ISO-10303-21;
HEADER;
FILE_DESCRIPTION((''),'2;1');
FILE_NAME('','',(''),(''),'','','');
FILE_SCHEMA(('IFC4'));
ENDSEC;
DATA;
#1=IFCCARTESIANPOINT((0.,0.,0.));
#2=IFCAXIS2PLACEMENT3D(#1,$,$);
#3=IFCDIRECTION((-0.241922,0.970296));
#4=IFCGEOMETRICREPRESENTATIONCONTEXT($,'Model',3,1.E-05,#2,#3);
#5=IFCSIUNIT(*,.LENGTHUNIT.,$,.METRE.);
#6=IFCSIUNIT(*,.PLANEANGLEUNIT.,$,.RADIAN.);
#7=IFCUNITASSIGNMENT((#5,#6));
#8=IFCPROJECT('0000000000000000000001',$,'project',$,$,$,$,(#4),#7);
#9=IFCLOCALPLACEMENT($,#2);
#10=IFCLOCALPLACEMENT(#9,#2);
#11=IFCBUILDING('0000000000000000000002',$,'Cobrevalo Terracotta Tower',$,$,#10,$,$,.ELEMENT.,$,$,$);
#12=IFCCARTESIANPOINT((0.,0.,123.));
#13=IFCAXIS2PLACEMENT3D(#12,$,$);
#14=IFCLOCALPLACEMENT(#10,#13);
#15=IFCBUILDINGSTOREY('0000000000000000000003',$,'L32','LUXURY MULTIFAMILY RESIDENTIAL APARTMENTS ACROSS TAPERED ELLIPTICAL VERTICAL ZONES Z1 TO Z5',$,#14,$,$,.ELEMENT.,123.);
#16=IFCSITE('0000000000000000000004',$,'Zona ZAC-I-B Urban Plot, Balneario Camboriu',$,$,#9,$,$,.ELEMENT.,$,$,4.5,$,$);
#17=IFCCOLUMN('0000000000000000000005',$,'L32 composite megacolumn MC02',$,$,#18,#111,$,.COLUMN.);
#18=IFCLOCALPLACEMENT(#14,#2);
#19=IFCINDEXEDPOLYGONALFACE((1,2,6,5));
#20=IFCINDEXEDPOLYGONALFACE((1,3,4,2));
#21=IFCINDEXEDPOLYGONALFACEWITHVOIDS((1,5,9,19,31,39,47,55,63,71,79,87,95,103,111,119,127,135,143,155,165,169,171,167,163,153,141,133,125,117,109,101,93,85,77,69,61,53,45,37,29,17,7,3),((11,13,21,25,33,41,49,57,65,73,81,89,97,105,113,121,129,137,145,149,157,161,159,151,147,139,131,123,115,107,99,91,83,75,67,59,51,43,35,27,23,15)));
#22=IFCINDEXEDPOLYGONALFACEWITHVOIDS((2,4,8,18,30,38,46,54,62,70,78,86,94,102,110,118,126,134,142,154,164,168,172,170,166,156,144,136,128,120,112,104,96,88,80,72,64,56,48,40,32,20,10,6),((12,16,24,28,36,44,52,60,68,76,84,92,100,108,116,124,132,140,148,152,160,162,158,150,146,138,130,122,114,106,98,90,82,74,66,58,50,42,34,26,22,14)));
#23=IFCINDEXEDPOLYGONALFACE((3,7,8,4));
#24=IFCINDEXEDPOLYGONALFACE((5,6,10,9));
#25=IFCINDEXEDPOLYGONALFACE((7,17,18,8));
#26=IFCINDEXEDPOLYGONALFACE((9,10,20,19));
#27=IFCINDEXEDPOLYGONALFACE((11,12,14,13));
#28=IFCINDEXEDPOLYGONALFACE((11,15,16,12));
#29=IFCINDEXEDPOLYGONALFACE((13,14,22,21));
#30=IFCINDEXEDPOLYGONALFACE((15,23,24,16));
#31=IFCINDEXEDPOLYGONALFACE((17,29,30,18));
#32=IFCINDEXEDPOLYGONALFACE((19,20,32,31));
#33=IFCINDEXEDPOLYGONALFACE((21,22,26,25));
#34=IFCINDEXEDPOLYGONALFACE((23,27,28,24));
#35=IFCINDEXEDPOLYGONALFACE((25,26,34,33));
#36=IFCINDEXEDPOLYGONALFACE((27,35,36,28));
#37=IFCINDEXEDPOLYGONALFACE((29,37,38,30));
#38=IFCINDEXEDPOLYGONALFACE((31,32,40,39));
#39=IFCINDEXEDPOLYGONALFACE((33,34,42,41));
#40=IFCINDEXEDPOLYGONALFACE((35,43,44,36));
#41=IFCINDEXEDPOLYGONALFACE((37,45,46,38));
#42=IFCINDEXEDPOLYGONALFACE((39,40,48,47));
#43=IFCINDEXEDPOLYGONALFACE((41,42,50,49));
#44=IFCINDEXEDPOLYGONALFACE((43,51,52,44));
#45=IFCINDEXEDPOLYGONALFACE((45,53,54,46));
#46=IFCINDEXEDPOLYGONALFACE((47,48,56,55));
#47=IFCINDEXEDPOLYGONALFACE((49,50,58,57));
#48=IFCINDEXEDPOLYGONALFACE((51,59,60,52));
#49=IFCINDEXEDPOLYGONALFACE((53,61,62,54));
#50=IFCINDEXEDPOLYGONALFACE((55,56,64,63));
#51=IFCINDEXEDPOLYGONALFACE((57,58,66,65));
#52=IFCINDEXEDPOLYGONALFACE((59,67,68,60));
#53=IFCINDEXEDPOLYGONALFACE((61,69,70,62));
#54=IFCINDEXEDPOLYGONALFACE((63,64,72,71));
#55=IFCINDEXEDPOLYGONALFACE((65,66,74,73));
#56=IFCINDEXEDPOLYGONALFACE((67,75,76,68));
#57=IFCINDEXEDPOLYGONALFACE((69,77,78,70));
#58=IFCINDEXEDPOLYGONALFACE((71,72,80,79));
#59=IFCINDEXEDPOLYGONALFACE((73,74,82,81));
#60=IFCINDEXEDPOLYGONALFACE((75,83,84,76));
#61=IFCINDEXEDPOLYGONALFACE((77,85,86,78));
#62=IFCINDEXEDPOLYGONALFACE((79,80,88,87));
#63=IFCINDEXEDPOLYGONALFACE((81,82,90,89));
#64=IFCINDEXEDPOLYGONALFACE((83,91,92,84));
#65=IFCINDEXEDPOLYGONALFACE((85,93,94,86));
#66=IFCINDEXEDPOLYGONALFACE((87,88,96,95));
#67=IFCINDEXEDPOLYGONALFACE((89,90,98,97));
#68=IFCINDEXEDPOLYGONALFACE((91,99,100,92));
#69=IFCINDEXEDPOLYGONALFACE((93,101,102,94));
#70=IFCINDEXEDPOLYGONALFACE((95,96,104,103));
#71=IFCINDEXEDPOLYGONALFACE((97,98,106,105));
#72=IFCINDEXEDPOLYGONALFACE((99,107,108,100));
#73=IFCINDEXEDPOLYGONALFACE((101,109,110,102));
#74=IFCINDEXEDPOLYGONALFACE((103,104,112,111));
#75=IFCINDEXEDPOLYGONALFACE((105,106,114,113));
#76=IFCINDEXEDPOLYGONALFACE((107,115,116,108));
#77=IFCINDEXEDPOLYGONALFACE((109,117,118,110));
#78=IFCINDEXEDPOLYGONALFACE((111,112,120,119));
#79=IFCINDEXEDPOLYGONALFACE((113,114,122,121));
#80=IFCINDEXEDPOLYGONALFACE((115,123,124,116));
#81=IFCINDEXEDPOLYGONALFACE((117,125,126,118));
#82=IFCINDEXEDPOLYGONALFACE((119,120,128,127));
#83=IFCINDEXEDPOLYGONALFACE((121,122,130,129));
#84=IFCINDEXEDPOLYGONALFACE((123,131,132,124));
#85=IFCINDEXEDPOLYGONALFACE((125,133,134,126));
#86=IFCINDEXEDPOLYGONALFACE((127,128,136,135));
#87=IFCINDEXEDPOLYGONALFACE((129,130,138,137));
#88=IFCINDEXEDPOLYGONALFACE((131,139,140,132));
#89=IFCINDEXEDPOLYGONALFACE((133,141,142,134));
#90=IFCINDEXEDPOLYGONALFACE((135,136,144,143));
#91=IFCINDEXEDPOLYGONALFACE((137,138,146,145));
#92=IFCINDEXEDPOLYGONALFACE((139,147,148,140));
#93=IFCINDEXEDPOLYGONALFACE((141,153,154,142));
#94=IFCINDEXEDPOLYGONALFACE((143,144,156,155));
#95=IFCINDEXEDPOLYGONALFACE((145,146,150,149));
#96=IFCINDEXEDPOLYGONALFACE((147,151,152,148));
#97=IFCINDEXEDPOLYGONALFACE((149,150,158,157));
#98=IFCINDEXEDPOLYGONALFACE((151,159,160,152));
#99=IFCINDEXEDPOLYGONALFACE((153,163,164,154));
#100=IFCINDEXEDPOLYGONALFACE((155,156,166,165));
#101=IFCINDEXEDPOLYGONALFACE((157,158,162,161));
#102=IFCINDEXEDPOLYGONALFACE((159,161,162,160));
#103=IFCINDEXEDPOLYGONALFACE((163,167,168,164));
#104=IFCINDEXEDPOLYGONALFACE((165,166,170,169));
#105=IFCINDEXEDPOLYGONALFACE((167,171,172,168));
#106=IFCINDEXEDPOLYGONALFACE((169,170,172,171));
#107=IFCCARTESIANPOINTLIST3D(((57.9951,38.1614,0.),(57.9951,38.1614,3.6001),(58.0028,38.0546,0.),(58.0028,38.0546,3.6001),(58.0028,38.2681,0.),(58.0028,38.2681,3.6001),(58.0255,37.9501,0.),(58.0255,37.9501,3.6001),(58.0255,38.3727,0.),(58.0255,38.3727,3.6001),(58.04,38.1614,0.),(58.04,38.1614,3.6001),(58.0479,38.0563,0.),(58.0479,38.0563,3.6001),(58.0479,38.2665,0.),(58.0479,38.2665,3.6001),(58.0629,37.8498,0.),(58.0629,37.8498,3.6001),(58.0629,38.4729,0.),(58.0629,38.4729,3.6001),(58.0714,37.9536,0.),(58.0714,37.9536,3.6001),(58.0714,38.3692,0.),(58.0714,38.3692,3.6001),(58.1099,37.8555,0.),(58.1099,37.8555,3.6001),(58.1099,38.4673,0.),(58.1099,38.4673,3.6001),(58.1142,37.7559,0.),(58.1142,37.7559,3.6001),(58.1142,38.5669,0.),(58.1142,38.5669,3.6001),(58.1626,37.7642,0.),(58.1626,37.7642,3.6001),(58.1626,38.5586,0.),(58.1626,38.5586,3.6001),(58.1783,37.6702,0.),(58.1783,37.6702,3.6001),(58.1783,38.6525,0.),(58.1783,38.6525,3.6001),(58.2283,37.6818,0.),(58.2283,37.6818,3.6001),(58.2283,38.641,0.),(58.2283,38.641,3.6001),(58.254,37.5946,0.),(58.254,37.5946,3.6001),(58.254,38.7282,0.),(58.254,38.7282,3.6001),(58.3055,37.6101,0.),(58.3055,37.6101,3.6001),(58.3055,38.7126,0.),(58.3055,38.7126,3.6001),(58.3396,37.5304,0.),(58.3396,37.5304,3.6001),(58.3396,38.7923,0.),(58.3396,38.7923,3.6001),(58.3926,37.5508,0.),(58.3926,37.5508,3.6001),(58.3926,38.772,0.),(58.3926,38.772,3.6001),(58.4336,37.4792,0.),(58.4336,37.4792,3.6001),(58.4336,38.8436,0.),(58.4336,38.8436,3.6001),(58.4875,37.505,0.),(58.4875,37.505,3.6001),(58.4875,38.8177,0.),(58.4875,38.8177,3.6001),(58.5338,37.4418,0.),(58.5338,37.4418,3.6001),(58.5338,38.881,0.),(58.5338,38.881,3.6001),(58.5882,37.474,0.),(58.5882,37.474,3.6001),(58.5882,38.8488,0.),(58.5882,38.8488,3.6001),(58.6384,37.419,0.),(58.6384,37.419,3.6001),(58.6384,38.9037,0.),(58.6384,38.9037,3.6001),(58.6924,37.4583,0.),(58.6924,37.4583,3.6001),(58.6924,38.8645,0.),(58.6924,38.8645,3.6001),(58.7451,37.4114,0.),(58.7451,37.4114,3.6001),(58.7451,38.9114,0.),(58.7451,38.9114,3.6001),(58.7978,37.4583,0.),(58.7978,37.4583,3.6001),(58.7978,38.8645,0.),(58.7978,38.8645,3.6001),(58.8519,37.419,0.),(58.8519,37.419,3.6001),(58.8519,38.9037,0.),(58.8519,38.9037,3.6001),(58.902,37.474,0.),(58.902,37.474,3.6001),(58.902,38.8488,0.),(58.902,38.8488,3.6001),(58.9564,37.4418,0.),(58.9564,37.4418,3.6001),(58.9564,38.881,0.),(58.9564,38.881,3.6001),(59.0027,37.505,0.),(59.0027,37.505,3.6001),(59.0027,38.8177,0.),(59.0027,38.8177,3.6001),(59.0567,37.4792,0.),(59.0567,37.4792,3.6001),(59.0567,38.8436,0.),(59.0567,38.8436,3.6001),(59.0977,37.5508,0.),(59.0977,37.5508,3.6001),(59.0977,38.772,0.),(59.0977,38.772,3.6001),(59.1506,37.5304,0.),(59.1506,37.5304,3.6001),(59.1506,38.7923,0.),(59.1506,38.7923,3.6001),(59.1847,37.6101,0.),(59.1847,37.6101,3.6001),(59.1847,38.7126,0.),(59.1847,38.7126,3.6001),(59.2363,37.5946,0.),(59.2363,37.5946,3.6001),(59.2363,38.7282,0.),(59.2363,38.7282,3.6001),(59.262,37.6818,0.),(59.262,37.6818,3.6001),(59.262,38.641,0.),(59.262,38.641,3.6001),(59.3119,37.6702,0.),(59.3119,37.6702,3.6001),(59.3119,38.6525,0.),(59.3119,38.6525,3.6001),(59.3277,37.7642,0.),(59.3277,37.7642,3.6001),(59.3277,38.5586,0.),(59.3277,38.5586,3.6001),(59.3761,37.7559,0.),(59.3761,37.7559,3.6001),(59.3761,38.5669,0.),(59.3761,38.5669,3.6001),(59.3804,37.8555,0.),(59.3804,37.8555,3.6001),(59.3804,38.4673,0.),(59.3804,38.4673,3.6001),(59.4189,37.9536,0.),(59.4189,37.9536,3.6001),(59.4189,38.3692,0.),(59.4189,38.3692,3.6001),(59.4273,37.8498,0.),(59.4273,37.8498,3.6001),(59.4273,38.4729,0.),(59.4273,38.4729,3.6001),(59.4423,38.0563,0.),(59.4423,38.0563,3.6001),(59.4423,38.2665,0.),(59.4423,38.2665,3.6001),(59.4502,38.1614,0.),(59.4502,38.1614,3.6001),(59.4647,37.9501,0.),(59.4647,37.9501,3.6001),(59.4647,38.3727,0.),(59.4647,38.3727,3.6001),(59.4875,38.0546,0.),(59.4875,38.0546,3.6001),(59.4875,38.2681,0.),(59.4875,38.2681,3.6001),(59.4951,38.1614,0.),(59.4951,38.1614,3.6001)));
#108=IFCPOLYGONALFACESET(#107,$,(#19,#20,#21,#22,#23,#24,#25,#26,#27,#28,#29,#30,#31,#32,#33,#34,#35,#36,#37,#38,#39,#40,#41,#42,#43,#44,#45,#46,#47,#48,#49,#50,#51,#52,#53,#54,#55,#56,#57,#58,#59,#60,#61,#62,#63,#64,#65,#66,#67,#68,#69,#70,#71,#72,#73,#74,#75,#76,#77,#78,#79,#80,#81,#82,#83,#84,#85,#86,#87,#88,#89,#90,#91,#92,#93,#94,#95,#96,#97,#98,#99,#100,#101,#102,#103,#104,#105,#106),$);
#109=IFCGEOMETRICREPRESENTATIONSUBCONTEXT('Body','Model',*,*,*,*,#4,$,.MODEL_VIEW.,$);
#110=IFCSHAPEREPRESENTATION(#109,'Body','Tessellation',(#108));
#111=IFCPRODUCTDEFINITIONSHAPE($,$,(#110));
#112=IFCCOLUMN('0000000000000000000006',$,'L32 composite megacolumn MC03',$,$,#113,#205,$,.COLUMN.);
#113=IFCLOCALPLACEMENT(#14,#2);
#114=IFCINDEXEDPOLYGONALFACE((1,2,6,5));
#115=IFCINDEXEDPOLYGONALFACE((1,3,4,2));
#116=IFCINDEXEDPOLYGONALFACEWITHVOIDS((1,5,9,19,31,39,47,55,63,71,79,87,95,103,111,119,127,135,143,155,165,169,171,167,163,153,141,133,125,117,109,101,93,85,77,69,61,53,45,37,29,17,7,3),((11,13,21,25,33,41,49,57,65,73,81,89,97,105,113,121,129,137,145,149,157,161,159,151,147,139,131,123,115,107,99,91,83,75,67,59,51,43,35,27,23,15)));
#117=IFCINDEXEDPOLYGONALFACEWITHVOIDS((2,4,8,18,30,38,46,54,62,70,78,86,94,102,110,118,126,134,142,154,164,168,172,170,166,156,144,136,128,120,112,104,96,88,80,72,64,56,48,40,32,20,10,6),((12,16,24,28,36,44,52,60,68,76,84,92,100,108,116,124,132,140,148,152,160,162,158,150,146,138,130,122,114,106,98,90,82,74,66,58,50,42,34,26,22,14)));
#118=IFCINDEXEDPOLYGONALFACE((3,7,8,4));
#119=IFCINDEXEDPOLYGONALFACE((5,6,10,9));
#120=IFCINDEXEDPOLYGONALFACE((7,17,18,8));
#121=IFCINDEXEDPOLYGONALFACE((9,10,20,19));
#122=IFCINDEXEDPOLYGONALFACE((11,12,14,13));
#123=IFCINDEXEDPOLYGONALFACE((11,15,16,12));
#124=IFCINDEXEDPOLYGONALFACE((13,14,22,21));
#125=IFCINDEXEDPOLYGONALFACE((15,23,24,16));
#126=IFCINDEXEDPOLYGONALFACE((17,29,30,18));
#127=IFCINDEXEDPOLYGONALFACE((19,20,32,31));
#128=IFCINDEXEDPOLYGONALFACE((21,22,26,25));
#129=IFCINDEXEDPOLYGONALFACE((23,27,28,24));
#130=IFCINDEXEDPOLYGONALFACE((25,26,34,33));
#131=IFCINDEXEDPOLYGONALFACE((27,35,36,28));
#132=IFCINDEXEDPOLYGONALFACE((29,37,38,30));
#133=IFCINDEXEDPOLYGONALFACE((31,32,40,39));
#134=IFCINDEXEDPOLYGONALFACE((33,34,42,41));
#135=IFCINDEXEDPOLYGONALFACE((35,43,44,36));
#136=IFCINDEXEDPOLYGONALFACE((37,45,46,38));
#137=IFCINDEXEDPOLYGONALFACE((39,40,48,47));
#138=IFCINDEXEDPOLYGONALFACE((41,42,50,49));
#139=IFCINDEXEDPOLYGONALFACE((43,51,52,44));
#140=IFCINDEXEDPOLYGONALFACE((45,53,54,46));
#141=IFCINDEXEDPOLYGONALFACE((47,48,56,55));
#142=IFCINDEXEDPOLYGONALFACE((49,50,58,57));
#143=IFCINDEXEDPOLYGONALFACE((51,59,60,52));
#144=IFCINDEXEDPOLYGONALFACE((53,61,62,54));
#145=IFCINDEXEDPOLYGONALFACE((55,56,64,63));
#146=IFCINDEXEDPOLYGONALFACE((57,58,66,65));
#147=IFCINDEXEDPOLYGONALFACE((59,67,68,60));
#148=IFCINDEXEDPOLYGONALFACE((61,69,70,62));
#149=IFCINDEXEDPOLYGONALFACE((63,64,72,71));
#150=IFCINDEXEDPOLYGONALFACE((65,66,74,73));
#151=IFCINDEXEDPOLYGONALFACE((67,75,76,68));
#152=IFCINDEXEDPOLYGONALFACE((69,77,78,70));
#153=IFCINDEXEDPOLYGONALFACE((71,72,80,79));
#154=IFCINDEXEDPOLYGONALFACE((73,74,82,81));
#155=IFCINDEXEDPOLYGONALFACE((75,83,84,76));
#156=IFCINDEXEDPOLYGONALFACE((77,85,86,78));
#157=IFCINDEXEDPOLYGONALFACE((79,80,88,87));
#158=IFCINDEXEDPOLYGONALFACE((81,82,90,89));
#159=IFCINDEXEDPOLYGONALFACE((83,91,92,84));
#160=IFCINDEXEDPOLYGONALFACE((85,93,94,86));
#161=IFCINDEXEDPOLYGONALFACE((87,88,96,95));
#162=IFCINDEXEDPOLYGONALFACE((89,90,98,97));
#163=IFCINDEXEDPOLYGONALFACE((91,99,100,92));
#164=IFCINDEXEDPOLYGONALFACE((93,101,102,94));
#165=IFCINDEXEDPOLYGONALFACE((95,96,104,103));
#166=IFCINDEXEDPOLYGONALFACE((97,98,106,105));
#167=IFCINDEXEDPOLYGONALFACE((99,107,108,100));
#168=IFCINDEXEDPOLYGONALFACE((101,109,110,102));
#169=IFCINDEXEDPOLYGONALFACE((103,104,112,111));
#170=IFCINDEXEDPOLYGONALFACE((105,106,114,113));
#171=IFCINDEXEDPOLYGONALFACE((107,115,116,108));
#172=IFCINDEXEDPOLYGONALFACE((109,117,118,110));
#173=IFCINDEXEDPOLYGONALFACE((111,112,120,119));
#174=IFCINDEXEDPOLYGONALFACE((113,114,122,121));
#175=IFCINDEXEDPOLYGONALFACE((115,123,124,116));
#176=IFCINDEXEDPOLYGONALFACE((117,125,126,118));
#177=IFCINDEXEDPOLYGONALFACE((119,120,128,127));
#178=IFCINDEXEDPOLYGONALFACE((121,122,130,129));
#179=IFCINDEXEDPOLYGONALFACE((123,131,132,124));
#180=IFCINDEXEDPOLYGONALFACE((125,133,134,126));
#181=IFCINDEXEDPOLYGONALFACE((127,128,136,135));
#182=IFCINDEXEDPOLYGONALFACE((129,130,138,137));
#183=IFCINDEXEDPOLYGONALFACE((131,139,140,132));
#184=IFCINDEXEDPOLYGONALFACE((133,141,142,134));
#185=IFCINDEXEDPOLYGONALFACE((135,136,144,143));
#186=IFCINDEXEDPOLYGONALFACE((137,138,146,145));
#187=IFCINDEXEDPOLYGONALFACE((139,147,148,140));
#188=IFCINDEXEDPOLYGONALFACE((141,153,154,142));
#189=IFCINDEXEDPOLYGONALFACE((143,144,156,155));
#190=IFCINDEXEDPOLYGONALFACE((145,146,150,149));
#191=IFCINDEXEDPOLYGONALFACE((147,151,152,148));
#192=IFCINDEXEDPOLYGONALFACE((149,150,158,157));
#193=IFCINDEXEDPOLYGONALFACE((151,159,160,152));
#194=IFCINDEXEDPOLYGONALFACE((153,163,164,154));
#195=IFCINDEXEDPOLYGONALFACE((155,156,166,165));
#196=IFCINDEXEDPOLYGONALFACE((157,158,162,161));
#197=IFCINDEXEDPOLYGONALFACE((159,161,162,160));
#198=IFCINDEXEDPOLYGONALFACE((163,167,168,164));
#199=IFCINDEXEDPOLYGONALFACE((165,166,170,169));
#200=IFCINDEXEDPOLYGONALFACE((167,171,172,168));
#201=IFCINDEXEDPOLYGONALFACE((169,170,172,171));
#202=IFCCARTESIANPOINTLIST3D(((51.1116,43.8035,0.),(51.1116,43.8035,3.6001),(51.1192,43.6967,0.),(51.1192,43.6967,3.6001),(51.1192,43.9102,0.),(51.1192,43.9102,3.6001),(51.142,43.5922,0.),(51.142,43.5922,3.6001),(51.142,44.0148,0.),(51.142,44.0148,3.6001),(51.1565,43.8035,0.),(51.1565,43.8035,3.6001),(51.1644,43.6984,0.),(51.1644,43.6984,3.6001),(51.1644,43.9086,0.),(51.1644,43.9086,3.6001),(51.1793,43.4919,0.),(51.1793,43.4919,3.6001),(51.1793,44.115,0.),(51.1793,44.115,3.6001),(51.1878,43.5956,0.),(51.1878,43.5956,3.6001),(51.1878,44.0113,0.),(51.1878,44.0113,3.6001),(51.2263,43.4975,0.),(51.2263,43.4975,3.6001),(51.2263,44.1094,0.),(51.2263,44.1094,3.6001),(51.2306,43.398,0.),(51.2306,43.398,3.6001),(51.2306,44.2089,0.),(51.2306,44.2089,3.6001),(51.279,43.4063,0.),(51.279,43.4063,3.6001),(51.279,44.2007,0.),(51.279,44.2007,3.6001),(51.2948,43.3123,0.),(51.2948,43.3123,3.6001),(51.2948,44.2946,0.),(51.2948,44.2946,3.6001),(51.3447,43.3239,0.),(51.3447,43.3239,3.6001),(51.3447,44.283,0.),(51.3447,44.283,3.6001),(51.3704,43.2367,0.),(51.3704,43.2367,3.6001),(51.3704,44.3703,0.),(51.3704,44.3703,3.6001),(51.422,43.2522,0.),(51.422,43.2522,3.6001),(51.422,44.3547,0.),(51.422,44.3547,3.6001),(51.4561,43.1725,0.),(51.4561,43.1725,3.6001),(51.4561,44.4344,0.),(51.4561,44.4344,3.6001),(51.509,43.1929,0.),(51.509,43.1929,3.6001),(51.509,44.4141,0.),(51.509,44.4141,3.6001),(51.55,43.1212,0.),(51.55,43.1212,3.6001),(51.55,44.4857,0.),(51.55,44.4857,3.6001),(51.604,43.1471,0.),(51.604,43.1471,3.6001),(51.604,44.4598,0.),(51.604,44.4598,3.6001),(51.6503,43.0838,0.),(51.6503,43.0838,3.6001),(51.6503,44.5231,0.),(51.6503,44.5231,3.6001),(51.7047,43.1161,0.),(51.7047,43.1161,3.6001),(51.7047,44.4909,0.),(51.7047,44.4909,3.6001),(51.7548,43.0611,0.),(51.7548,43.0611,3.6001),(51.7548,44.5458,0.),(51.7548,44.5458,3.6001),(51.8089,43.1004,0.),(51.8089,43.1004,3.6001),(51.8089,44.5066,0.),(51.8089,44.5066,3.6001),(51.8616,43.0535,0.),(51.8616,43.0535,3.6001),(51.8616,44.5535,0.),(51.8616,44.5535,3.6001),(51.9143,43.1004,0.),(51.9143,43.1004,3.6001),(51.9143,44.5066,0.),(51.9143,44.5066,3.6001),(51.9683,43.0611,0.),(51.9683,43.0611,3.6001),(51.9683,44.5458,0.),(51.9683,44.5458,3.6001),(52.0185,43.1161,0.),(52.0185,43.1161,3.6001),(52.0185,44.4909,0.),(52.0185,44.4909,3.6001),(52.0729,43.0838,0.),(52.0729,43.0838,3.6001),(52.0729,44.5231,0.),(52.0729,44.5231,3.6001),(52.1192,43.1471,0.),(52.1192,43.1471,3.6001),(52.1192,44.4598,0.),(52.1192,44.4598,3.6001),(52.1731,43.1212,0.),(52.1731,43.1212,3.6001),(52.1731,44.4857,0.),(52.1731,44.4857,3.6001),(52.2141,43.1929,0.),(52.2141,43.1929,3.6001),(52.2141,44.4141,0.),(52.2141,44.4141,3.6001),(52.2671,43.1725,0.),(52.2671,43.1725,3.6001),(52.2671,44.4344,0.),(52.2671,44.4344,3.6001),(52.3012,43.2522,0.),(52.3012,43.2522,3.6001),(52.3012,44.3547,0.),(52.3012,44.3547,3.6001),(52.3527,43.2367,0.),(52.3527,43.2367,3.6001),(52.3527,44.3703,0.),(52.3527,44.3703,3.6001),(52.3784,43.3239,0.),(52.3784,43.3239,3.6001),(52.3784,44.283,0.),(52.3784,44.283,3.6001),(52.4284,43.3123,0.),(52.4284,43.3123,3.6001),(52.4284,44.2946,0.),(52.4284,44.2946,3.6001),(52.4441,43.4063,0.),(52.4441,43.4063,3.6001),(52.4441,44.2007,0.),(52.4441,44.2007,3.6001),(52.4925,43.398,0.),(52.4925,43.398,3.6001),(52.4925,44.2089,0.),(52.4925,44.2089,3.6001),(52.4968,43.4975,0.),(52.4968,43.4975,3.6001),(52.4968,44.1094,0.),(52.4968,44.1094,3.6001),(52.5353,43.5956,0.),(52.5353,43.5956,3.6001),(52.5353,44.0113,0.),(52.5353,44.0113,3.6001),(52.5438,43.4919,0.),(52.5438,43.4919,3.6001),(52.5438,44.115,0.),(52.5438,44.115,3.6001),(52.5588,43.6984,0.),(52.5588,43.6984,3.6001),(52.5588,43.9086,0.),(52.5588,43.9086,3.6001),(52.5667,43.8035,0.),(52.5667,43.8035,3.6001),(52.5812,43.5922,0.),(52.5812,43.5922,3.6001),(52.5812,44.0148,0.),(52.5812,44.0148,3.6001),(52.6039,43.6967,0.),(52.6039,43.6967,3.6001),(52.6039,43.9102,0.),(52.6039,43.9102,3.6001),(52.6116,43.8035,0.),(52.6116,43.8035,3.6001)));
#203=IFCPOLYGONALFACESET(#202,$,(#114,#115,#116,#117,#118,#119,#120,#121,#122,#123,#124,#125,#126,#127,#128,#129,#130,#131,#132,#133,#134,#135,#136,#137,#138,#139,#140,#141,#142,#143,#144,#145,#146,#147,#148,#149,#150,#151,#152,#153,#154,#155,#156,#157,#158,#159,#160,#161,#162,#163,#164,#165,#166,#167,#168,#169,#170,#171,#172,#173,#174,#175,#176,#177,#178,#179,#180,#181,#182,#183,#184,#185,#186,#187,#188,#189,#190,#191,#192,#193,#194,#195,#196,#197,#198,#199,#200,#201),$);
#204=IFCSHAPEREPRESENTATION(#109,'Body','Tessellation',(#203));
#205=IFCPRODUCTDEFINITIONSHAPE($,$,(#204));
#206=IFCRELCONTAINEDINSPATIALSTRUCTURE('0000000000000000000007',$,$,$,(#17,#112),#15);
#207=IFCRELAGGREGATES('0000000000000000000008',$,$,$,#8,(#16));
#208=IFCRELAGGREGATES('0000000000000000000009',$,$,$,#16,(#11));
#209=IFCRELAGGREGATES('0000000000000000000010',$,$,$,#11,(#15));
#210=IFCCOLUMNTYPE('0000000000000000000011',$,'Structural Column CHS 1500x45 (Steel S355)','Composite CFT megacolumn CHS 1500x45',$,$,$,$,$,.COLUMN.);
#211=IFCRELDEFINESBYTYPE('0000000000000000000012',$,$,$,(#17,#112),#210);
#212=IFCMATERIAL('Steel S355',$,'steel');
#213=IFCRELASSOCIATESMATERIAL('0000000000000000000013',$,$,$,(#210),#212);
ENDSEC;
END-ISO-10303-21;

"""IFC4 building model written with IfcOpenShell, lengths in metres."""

from ifc_helpers import new_model, si_unit, direction, frame, origin, origin_2d, place, context, subcontext, project, spatial, hollow_circle, extrude, material, material_profile, profile_set, type_object, element, save


model = new_model("IFC4")

# Units and contexts
model_context = context("Model", 3, precision=1e-05, world=origin(), true_north=direction((-0.241922, 0.970296)))
body_context = subcontext(model_context, "Body", "Model", "MODEL_VIEW")
ifc_project = project(units=[si_unit("LENGTHUNIT", "METRE"), si_unit("PLANEANGLEUNIT", "RADIAN")], contexts=[model_context])

# Site, building, storey
site_placement = place(None, origin())
site = spatial("IfcSite", under=ifc_project, at=site_placement, Name="Zona ZAC-I-B Urban Plot, Balneario Camboriu", CompositionType="ELEMENT", RefElevation=4.5)
building_placement = place(site_placement, origin())
building = spatial("IfcBuilding", under=site, at=building_placement, Name="Cobrevalo Terracotta Tower", CompositionType="ELEMENT")
storey_placement = place(building_placement, frame((0.0, 0.0, 123.0)))
storey = spatial("IfcBuildingStorey", under=building, at=storey_placement, Name="L32", Description="LUXURY MULTIFAMILY RESIDENTIAL APARTMENTS ACROSS TAPERED ELLIPTICAL VERTICAL ZONES Z1 TO Z5", CompositionType="ELEMENT", Elevation=123.0)

# Columns
ifc_material_1 = material(Name="Steel S355", Category="steel")
ifc_material_profile_1 = material_profile(ifc_material_1, hollow_circle(Radius=0.75, WallThickness=0.0449, at=origin_2d()), Name="CHS 1500x45")
ifc_profile_set_1 = profile_set([ifc_material_profile_1], Name="Steel S355")
column_type = type_object("IfcColumnType", Name="Structural Column CHS 1500x45 (Steel S355)", Description="Composite CFT megacolumn CHS 1500x45", PredefinedType="COLUMN", material=ifc_profile_set_1)
for number, where, z_axis, x_axis, name in (
    (1, (58.7451, 38.1614, 0.0), (0.0, 0.0, 1.0), (1.0, 0.0, 0.0), "L32 composite megacolumn MC02"),
    (2, (51.8616, 43.8035, 0.0), (0.0, 0.0, 1.0), (1.0, 0.0, 0.0), "L32 composite megacolumn MC03"),
):
    element("IfcColumn", number, at=place(storey_placement, frame(where, z_axis=z_axis, x_axis=x_axis)), inside=storey, type_object=column_type, Name=name, PredefinedType="COLUMN", context=body_context, shape_type="SweptSolid", body=[
        extrude(hollow_circle(Radius=0.75, WallThickness=0.0449, at=origin_2d()), origin(), (0.0, 0.0, 1.0), 3.6001),
    ])

save(model, "model.ifc")
